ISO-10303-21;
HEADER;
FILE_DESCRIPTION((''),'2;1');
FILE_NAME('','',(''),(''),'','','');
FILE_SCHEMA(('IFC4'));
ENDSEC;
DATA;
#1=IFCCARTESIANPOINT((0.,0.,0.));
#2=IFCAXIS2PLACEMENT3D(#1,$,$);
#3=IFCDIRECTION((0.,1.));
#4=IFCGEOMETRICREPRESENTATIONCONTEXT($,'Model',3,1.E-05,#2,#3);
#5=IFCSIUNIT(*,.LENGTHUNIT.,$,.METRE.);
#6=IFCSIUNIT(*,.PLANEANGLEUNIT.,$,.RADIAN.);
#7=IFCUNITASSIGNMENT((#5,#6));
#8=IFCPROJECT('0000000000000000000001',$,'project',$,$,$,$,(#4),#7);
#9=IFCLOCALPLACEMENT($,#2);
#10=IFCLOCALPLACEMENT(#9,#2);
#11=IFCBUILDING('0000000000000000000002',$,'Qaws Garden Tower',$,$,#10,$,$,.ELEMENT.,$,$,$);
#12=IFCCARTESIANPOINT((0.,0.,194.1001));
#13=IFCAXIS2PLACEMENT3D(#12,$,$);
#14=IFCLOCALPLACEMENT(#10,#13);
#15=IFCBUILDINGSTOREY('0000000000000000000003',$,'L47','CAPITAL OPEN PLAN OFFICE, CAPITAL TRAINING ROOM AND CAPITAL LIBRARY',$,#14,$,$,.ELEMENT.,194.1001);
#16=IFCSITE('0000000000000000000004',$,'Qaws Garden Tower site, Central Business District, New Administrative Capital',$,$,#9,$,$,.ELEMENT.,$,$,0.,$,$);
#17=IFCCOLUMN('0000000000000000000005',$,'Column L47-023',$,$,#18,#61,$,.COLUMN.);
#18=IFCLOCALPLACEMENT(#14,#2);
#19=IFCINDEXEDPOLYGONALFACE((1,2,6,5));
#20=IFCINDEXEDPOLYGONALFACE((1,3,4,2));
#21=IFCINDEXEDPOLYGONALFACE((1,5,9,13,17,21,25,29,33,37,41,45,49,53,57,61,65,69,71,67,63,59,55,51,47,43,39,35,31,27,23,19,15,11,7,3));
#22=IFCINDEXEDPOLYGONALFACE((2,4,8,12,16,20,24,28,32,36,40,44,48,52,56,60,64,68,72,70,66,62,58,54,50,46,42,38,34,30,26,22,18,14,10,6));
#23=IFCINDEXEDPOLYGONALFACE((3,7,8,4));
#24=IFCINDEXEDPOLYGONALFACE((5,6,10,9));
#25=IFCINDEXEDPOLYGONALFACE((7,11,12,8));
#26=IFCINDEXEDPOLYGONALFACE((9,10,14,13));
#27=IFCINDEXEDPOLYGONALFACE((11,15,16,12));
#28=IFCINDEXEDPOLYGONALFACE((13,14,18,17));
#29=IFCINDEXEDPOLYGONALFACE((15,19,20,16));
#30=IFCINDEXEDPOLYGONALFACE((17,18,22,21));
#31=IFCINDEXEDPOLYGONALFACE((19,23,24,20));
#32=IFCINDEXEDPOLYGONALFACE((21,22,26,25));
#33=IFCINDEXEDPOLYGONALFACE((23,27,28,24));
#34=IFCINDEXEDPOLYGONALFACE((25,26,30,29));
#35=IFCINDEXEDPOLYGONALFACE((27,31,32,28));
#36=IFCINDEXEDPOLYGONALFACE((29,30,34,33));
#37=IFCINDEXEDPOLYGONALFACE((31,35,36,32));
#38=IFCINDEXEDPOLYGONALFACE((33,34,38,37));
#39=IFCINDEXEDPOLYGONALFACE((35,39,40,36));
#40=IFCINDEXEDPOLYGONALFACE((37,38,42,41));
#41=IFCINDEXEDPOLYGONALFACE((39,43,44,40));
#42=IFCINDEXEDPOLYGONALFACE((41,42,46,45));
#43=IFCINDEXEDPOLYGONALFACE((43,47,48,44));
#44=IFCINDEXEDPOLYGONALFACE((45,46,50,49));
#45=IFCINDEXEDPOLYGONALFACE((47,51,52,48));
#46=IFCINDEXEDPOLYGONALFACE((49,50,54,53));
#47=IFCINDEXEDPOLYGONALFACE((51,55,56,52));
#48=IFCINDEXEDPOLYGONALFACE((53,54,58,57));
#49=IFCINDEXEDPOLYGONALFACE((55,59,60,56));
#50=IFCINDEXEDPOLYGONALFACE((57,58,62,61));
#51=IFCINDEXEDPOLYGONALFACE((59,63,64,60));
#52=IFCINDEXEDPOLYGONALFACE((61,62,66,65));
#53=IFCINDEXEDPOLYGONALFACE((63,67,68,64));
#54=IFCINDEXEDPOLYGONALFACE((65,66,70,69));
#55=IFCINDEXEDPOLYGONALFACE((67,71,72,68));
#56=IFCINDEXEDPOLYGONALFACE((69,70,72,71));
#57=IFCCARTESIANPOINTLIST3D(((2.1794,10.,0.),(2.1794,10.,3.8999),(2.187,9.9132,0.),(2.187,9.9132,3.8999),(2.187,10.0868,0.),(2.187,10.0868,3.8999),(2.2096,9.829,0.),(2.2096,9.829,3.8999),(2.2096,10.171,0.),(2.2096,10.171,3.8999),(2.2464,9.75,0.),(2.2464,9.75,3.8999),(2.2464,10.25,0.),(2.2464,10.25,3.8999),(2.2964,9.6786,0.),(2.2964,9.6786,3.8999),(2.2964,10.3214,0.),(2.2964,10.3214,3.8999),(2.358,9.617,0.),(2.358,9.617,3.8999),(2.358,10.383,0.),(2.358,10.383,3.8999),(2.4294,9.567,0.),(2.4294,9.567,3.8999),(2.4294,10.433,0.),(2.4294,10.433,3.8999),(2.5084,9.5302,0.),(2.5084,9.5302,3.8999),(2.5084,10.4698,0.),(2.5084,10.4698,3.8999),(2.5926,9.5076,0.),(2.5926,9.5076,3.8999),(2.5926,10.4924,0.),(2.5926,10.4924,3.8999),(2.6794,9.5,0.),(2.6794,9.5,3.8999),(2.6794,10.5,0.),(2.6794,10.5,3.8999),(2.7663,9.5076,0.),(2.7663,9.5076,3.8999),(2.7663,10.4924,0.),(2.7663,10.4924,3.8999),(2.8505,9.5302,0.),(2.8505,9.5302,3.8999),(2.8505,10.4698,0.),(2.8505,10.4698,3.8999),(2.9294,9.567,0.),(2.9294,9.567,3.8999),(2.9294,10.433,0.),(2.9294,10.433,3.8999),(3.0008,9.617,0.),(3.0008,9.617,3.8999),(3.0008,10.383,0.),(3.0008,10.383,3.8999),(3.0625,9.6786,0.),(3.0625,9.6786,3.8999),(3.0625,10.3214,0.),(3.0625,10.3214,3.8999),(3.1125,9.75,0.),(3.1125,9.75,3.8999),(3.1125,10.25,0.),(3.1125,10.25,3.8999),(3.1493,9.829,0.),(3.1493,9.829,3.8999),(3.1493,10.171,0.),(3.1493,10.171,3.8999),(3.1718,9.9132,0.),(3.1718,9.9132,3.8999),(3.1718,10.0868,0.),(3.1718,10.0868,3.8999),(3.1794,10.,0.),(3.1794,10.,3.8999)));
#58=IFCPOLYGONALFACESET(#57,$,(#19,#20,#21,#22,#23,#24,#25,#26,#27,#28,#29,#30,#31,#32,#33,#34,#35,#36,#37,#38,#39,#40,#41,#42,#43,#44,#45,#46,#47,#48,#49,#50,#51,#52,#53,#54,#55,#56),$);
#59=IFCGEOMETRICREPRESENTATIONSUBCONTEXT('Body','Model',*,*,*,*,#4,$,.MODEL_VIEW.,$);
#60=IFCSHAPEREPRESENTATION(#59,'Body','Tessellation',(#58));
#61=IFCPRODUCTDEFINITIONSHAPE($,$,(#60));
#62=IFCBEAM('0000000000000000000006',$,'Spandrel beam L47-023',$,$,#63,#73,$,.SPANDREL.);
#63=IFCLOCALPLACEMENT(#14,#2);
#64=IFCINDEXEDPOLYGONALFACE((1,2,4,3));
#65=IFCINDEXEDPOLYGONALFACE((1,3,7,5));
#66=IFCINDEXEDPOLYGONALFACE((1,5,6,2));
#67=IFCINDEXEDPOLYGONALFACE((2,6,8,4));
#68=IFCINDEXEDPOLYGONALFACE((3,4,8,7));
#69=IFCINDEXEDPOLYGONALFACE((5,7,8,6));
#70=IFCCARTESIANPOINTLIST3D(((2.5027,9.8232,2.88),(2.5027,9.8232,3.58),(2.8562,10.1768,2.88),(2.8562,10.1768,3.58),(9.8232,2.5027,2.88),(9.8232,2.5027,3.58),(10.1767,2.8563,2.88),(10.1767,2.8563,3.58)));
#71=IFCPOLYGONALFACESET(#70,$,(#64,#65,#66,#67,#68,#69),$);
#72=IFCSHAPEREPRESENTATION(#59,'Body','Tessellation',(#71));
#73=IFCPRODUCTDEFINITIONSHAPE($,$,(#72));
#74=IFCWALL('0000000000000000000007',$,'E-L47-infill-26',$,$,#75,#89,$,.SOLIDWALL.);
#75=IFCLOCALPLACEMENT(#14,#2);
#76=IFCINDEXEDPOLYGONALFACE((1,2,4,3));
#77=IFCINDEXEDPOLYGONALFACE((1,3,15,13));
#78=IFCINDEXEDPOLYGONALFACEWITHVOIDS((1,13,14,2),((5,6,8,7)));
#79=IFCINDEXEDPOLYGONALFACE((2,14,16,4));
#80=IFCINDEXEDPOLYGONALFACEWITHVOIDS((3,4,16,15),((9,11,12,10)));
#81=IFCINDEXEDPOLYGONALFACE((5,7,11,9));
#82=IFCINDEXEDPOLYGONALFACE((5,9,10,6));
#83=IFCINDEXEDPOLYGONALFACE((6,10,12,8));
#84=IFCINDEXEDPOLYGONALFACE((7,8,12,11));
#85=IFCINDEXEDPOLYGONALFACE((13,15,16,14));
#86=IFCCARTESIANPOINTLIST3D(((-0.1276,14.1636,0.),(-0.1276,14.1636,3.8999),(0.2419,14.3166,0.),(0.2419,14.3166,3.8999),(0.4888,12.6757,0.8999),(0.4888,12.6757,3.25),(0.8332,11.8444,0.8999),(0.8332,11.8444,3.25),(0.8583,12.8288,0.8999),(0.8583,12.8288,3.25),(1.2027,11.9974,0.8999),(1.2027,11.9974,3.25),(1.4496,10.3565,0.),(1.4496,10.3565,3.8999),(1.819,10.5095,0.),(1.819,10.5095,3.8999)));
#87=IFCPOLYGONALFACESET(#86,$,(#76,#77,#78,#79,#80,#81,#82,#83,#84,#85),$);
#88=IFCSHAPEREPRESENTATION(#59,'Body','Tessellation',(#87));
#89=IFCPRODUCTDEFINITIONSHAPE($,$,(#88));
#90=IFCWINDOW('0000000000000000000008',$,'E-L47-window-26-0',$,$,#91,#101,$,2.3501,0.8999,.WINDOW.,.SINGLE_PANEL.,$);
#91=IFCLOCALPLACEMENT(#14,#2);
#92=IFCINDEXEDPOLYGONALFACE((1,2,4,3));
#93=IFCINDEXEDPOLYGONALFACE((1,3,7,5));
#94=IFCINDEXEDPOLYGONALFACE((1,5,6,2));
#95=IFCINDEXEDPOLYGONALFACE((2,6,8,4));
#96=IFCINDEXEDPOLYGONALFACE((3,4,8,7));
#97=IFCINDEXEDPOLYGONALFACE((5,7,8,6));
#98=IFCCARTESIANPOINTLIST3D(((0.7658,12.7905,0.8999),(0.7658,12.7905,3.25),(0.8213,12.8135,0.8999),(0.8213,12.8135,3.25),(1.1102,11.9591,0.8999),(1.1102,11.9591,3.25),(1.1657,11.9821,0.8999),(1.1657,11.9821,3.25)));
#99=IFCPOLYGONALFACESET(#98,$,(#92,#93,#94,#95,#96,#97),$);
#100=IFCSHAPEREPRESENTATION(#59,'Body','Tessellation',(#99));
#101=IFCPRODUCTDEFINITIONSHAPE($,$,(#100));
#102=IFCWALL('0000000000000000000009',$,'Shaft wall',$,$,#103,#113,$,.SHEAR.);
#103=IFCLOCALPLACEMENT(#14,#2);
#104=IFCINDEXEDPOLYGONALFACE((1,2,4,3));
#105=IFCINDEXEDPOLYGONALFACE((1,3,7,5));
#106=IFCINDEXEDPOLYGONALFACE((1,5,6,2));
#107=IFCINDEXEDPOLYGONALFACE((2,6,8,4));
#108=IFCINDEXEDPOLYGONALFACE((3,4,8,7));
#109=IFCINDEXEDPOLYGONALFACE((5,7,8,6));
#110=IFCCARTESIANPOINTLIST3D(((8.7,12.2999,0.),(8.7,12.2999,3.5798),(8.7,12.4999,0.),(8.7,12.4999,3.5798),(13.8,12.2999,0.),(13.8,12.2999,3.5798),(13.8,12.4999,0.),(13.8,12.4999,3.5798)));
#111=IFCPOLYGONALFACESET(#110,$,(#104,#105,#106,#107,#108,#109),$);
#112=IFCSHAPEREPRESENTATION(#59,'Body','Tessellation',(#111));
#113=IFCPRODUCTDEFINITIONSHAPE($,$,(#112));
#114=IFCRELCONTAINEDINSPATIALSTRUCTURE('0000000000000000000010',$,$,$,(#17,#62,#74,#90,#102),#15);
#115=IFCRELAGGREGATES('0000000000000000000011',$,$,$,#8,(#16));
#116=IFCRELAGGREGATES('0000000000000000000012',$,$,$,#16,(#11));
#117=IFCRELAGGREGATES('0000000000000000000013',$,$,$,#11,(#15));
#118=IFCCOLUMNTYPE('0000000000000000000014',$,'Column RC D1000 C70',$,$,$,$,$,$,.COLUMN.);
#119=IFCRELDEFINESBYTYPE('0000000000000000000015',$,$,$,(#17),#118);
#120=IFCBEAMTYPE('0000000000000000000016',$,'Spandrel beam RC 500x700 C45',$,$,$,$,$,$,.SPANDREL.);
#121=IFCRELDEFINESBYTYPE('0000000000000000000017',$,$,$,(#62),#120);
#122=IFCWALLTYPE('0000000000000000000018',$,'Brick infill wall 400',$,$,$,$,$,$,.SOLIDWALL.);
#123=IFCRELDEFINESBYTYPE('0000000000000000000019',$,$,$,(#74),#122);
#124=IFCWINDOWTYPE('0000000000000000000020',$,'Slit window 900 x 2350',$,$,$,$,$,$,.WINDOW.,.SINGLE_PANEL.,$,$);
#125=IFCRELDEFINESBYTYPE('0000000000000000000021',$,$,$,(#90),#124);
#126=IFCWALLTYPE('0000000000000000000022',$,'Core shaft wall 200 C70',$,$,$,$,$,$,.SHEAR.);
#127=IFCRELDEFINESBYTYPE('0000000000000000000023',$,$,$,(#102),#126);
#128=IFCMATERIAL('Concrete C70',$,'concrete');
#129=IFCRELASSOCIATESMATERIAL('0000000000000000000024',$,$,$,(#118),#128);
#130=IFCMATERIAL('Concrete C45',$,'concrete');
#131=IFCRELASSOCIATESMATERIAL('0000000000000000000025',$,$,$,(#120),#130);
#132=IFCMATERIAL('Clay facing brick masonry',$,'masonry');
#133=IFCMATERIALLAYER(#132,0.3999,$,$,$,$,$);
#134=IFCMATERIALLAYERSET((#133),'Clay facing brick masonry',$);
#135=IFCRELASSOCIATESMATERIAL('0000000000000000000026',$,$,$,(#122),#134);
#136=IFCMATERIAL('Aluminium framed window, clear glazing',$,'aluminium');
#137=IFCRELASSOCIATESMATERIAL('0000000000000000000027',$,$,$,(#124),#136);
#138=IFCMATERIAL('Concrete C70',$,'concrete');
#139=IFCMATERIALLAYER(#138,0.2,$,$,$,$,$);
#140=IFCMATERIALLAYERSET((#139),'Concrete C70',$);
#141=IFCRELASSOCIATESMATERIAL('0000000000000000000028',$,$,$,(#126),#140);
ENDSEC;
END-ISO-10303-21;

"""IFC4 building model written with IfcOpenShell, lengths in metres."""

from ifc_helpers import new_model, si_unit, direction, frame, frame_2d, origin, origin_2d, place, context, subcontext, project, spatial, rectangle, circle, extrude, material, layer, layer_set, material_profile, profile_set, type_object, element, fill, save


model = new_model("IFC4")

# Units and contexts
model_context = context("Model", 3, precision=1e-05, world=origin(), true_north=direction((0.0, 1.0)))
body_context = subcontext(model_context, "Body", "Model", "MODEL_VIEW")
ifc_project = project(units=[si_unit("LENGTHUNIT", "METRE"), si_unit("PLANEANGLEUNIT", "RADIAN")], contexts=[model_context])

# Site, building, storey
site_placement = place(None, origin())
site = spatial("IfcSite", under=ifc_project, at=site_placement, Name="Qaws Garden Tower site, Central Business District, New Administrative Capital", CompositionType="ELEMENT", RefElevation=0.0)
building_placement = place(site_placement, origin())
building = spatial("IfcBuilding", under=site, at=building_placement, Name="Qaws Garden Tower", CompositionType="ELEMENT")
storey_placement = place(building_placement, frame((0.0, 0.0, 194.1001)))
storey = spatial("IfcBuildingStorey", under=building, at=storey_placement, Name="L47", Description="CAPITAL OPEN PLAN OFFICE, CAPITAL TRAINING ROOM AND CAPITAL LIBRARY", CompositionType="ELEMENT", Elevation=194.1001)

# Column
ifc_material_1 = material(Name="Concrete C70", Category="concrete")
ifc_material_profile_1 = material_profile(ifc_material_1, circle(Radius=0.5, at=origin_2d()), Name="RC D1000")
ifc_profile_set_1 = profile_set([ifc_material_profile_1], Name="Concrete C70")
column_type = type_object("IfcColumnType", Name="Column RC D1000 C70", PredefinedType="COLUMN", material=ifc_profile_set_1)
column_placement = place(storey_placement, frame((2.6794, 10.0, 0.0), z_axis=(0.0, 0.0, 1.0), x_axis=(1.0, 0.0, 0.0)))
element("IfcColumn", 1, at=column_placement, inside=storey, type_object=column_type, Name="Column L47-023", PredefinedType="COLUMN", context=body_context, shape_type="SweptSolid", body=[
    extrude(circle(Radius=0.5, at=origin_2d()), origin(), (0.0, 0.0, 1.0), 3.8999),
])

# Beam
ifc_material_2 = material(Name="Concrete C45", Category="concrete")
ifc_material_profile_2 = material_profile(ifc_material_2, rectangle(XDim=0.5, YDim=0.7, at=origin_2d()), Name="RC 500x700")
ifc_profile_set_2 = profile_set([ifc_material_profile_2], Name="Concrete C45")
beam_type = type_object("IfcBeamType", Name="Spandrel beam RC 500x700 C45", PredefinedType="SPANDREL", material=ifc_profile_set_2)
beam_placement = place(storey_placement, frame((2.6794, 10.0, 3.23), z_axis=(0.707107, -0.707107, 0.0), x_axis=(0.707107, 0.707107, 0.0)))
element("IfcBeam", 2, at=beam_placement, inside=storey, type_object=beam_type, Name="Spandrel beam L47-023", PredefinedType="SPANDREL", context=body_context, shape_type="SweptSolid", body=[
    extrude(rectangle(XDim=0.5, YDim=0.7, at=origin_2d()), origin(), (0.0, 0.0, 1.0), 10.3528),
])

# Wall, opening, window
ifc_material_3 = material(Name="Clay facing brick masonry", Category="masonry")
ifc_layer_1 = layer(ifc_material_3, 0.3999)
ifc_layer_set_1 = layer_set([ifc_layer_1], Name="Clay facing brick masonry")
wall_type_1 = type_object("IfcWallType", Name="Brick infill wall 400", PredefinedType="SOLIDWALL", material=ifc_layer_set_1)
wall_1_placement = place(storey_placement, frame((0.0571, 14.2402, 0.0), z_axis=(0.0, 0.0, 1.0), x_axis=(0.382722, -0.923864, 0.0)))
wall_1 = element("IfcWall", 3, at=wall_1_placement, inside=storey, type_object=wall_type_1, Name="E-L47-infill-26", PredefinedType="SOLIDWALL", context=body_context, shape_type="SweptSolid", body=[
    extrude(rectangle(XDim=4.1208, YDim=0.3999, at=frame_2d((2.0605, 0.0))), origin(), (0.0, 0.0, 1.0), 3.8999),
])
opening_1_placement = place(wall_1_placement, frame((1.6106, 0.0, 0.8999)))
opening_1 = element("IfcOpeningElement", 4, at=opening_1_placement, cuts=wall_1, PredefinedType="OPENING", context=body_context, shape_type="SweptSolid", body=[
    extrude(rectangle(XDim=0.8999, YDim=2.3501, at=frame_2d((0.45, 1.175))), frame((0.0, 0.21, 0.0), z_axis=(0.0, -1.0, 0.0), x_axis=(1.0, 0.0, 0.0)), (0.0, 0.0, 1.0), 0.4199),
])
ifc_material_4 = material(Name="Aluminium framed window, clear glazing", Category="aluminium")
window_type = type_object("IfcWindowType", Name="Slit window 900 x 2350", PartitioningType="SINGLE_PANEL", PredefinedType="WINDOW", material=ifc_material_4)
window_placement = place(opening_1_placement, origin())
window = element("IfcWindow", 5, at=window_placement, inside=storey, type_object=window_type, Name="E-L47-window-26-0", OverallHeight=2.3501, OverallWidth=0.8999, PartitioningType="SINGLE_PANEL", PredefinedType="WINDOW", context=body_context, shape_type="SweptSolid", body=[
    extrude(rectangle(XDim=0.8999, YDim=2.3501, at=frame_2d((0.45, 1.175))), frame((0.0, 0.1599, 0.0), z_axis=(0.0, -1.0, 0.0), x_axis=(1.0, 0.0, 0.0)), (0.0, 0.0, 1.0), 0.0601),
])
fill(opening_1, window)

# Wall
ifc_material_5 = material(Name="Concrete C70", Category="concrete")
ifc_layer_2 = layer(ifc_material_5, 0.2)
ifc_layer_set_2 = layer_set([ifc_layer_2], Name="Concrete C70")
wall_type_2 = type_object("IfcWallType", Name="Core shaft wall 200 C70", PredefinedType="SHEAR", material=ifc_layer_set_2)
wall_2_placement = place(storey_placement, frame((8.7, 12.3999, 0.0), z_axis=(0.0, 0.0, 1.0), x_axis=(1.0, 0.0, 0.0)))
element("IfcWall", 6, at=wall_2_placement, inside=storey, type_object=wall_type_2, Name="Shaft wall", PredefinedType="SHEAR", context=body_context, shape_type="SweptSolid", body=[
    extrude(rectangle(XDim=5.1001, YDim=0.2, at=frame_2d((2.55, 0.0))), origin(), (0.0, 0.0, 1.0), 3.5798),
])

save(model, "model.ifc")
